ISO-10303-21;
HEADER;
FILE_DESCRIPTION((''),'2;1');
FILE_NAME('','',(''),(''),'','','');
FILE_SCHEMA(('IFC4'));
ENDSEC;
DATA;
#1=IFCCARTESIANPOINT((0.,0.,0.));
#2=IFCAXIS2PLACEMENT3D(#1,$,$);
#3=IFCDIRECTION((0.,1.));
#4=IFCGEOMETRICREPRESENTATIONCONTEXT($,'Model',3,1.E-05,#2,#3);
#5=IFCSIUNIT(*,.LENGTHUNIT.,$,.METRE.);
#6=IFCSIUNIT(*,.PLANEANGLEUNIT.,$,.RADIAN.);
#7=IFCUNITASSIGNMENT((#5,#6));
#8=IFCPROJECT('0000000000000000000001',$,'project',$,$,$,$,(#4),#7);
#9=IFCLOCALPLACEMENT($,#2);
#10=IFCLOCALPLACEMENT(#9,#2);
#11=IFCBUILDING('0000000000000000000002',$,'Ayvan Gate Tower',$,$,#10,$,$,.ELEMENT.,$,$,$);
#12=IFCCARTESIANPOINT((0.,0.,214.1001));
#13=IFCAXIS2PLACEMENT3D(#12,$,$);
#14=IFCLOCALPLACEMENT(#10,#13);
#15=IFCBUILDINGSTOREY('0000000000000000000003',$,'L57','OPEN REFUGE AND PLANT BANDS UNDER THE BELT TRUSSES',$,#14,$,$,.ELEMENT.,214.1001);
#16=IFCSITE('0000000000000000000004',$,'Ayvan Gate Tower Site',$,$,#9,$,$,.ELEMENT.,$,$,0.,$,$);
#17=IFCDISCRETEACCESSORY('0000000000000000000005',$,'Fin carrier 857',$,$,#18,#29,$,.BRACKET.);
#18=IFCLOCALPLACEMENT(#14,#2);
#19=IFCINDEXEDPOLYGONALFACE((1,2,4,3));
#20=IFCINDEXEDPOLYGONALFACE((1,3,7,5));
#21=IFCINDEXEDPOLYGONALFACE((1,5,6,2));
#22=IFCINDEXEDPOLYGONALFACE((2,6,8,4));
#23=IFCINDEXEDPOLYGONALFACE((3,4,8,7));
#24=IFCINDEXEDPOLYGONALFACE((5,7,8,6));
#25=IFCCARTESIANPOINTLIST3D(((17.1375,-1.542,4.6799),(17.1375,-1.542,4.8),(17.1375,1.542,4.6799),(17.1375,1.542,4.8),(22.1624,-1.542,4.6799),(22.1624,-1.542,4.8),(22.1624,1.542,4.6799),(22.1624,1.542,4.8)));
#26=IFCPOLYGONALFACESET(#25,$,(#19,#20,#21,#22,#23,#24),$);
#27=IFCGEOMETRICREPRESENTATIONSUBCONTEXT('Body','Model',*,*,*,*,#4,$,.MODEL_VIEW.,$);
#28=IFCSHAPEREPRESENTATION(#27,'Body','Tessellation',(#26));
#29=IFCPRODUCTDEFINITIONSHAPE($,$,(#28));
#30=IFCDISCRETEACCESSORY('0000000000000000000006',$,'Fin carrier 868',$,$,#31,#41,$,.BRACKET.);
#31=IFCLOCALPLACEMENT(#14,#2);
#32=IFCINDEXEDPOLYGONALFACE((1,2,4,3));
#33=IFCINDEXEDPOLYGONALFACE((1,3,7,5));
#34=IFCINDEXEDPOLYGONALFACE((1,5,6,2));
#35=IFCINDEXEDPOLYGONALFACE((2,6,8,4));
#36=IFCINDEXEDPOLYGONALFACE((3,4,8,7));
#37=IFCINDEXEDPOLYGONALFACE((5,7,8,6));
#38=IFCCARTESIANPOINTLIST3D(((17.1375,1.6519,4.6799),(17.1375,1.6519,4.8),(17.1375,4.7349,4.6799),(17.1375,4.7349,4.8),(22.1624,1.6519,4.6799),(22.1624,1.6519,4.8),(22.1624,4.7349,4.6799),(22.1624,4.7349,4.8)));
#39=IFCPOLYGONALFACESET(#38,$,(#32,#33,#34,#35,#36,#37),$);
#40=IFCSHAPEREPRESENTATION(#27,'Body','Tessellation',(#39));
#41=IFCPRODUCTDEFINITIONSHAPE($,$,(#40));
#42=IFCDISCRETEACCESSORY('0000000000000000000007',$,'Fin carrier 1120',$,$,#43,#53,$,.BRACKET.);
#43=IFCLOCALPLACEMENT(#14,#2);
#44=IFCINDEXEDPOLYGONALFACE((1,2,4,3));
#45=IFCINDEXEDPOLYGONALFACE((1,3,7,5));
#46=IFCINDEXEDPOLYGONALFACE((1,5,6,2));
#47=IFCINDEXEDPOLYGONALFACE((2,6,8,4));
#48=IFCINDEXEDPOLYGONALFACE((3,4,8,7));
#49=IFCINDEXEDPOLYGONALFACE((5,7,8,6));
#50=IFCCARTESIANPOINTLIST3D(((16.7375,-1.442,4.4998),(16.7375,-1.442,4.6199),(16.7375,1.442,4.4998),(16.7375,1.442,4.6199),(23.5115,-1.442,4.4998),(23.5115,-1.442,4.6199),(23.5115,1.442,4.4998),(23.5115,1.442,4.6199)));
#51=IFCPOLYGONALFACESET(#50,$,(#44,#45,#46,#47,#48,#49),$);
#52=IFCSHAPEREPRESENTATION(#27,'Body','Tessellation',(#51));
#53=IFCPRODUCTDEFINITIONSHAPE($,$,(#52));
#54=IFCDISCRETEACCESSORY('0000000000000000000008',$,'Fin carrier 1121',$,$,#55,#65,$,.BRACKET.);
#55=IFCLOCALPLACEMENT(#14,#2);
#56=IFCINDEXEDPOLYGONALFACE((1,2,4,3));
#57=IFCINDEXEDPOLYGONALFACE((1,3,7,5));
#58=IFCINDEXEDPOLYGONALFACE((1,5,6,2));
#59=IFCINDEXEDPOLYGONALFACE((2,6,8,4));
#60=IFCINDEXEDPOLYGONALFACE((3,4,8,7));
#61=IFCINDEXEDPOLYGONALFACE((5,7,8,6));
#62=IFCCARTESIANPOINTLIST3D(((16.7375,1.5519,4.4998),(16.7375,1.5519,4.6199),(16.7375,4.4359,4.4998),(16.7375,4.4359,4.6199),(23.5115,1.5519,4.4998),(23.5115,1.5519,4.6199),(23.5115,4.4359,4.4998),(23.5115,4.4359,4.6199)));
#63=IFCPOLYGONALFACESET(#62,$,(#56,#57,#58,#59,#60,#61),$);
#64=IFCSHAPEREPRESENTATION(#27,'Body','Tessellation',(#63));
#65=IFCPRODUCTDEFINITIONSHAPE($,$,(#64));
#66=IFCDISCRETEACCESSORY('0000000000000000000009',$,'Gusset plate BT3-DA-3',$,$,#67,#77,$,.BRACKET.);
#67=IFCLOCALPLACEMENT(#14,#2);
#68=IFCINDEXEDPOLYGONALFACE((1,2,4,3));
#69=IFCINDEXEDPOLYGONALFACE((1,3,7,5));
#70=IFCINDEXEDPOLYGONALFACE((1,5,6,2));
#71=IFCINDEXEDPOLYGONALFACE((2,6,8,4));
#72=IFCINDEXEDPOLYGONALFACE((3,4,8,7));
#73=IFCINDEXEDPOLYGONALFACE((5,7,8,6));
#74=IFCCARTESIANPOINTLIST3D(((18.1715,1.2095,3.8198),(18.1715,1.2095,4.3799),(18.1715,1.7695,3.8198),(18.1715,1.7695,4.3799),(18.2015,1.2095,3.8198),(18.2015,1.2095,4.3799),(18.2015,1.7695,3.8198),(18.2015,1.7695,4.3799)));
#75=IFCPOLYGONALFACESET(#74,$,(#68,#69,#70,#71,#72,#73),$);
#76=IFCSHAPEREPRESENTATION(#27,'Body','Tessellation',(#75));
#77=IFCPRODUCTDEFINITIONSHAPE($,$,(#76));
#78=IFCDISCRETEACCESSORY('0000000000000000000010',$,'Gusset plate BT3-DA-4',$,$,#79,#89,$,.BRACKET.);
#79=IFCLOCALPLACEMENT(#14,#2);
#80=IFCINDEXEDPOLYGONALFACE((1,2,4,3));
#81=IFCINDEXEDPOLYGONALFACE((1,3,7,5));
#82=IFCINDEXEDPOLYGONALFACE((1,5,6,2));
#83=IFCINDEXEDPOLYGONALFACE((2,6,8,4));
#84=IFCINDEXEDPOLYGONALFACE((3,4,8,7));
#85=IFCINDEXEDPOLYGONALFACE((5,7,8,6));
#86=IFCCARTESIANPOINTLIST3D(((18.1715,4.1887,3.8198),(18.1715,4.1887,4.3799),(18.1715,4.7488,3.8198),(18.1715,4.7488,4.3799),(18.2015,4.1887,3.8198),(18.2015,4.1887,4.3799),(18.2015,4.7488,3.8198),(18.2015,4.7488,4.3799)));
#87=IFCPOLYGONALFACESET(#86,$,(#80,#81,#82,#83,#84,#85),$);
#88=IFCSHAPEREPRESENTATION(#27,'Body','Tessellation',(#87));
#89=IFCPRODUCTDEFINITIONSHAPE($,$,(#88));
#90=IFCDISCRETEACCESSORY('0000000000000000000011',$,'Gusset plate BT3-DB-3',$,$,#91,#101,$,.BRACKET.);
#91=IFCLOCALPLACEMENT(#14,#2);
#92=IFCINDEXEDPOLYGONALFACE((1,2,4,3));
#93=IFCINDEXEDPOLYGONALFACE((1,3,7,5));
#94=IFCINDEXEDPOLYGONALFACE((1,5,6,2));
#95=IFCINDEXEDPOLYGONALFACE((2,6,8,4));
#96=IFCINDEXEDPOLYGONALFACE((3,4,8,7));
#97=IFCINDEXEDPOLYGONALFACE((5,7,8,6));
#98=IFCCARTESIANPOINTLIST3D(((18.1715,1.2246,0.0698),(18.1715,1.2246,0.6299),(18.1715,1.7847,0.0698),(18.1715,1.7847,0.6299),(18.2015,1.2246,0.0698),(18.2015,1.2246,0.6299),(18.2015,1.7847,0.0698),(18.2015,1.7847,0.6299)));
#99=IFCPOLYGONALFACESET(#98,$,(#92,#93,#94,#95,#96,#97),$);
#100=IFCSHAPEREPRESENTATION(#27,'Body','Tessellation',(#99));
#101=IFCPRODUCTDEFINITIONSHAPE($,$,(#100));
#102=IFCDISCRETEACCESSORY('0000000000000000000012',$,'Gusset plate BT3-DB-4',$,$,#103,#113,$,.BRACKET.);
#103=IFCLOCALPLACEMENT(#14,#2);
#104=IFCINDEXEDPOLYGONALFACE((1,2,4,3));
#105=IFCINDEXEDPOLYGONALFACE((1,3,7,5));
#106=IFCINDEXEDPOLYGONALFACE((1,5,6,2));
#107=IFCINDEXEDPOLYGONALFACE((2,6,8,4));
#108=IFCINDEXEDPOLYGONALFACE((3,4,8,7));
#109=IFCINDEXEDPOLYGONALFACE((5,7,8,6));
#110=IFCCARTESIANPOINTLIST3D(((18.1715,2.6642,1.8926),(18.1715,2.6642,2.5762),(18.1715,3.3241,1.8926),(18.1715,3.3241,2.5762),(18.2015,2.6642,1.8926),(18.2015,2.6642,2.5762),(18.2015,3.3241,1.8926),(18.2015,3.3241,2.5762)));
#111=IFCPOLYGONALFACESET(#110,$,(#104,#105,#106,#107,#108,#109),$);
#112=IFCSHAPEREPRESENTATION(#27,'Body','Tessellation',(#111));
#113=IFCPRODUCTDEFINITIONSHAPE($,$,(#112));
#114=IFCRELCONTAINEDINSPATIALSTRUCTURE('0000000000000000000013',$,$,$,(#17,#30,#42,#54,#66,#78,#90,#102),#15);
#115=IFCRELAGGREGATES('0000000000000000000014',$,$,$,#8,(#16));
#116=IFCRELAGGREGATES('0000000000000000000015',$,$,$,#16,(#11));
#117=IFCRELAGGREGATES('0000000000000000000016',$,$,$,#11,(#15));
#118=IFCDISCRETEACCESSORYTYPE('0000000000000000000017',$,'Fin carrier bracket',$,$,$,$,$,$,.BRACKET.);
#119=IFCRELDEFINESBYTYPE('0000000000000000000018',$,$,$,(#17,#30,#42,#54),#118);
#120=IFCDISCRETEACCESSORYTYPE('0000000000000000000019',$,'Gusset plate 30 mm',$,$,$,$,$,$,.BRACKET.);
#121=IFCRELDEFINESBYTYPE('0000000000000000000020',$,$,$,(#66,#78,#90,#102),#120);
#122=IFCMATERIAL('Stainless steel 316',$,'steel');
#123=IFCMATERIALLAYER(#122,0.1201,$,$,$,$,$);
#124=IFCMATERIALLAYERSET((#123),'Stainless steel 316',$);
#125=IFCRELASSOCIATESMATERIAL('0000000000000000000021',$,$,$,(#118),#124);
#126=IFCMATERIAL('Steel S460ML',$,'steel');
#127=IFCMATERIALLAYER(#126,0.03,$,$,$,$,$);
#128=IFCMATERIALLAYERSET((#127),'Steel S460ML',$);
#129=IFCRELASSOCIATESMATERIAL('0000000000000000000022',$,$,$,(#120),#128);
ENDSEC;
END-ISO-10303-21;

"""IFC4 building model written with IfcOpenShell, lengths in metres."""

from ifc_helpers import new_model, si_unit, direction, frame, origin, origin_2d, place, context, subcontext, project, spatial, rectangle, extrude, material, layer, layer_set, type_object, element, save


model = new_model("IFC4")

# Units and contexts
model_context = context("Model", 3, precision=1e-05, world=origin(), true_north=direction((0.0, 1.0)))
body_context = subcontext(model_context, "Body", "Model", "MODEL_VIEW")
ifc_project = project(units=[si_unit("LENGTHUNIT", "METRE"), si_unit("PLANEANGLEUNIT", "RADIAN")], contexts=[model_context])

# Site, building, storey
site_placement = place(None, origin())
site = spatial("IfcSite", under=ifc_project, at=site_placement, Name="Ayvan Gate Tower Site", CompositionType="ELEMENT", RefElevation=0.0)
building_placement = place(site_placement, origin())
building = spatial("IfcBuilding", under=site, at=building_placement, Name="Ayvan Gate Tower", CompositionType="ELEMENT")
storey_placement = place(building_placement, frame((0.0, 0.0, 214.1001)))
storey = spatial("IfcBuildingStorey", under=building, at=storey_placement, Name="L57", Description="OPEN REFUGE AND PLANT BANDS UNDER THE BELT TRUSSES", CompositionType="ELEMENT", Elevation=214.1001)

# Shared definitions
ifc_material_1 = material(Name="Steel S460ML", Category="steel")

# Discrete accessories
ifc_material_2 = material(Name="Stainless steel 316", Category="steel")
ifc_layer_1 = layer(ifc_material_2, 0.1201)
ifc_layer_set_1 = layer_set([ifc_layer_1], Name="Stainless steel 316")
discrete_accessory_type_1 = type_object("IfcDiscreteAccessoryType", Name="Fin carrier bracket", PredefinedType="BRACKET", material=ifc_layer_set_1)
discrete_accessory_1_placement = place(storey_placement, frame((19.6499, 0.0, 4.6799), z_axis=(0.0, 0.0, 1.0), x_axis=(0.0, 1.0, 0.0)))
element("IfcDiscreteAccessory", 1, at=discrete_accessory_1_placement, inside=storey, type_object=discrete_accessory_type_1, Name="Fin carrier 857", PredefinedType="BRACKET", context=body_context, shape_type="SweptSolid", body=[
    extrude(rectangle(XDim=3.084, YDim=5.0249, at=origin_2d()), origin(), (0.0, 0.0, 1.0), 0.1201),
])
discrete_accessory_2_placement = place(storey_placement, frame((19.6499, 3.1934, 4.6799), z_axis=(0.0, 0.0, 1.0), x_axis=(0.0, 1.0, 0.0)))
element("IfcDiscreteAccessory", 2, at=discrete_accessory_2_placement, inside=storey, type_object=discrete_accessory_type_1, Name="Fin carrier 868", PredefinedType="BRACKET", context=body_context, shape_type="SweptSolid", body=[
    extrude(rectangle(XDim=3.083, YDim=5.0249, at=origin_2d()), origin(), (0.0, 0.0, 1.0), 0.1201),
])
for number, where, z_axis, x_axis, name in (
    (3, (20.1245, 0.0, 4.4998), (0.0, 0.0, 1.0), (0.0, 1.0, 0.0), "Fin carrier 1120"),
    (4, (20.1245, 2.9939, 4.4998), (0.0, 0.0, 1.0), (0.0, 1.0, 0.0), "Fin carrier 1121"),
):
    element("IfcDiscreteAccessory", number, at=place(storey_placement, frame(where, z_axis=z_axis, x_axis=x_axis)), inside=storey, type_object=discrete_accessory_type_1, Name=name, PredefinedType="BRACKET", context=body_context, shape_type="SweptSolid", body=[
        extrude(rectangle(XDim=2.884, YDim=6.7739, at=origin_2d()), origin(), (0.0, 0.0, 1.0), 0.1201),
    ])
ifc_layer_2 = layer(ifc_material_1, 0.03)
ifc_layer_set_2 = layer_set([ifc_layer_2], Name="Steel S460ML")
discrete_accessory_type_2 = type_object("IfcDiscreteAccessoryType", Name="Gusset plate 30 mm", PredefinedType="BRACKET", material=ifc_layer_set_2)
for number, where, z_axis, x_axis, name in (
    (5, (18.1865, 1.4895, 3.8198), (0.0, 0.0, 1.0), (0.0, 1.0, 0.0), "Gusset plate BT3-DA-3"),
    (6, (18.1865, 4.4688, 3.8198), (0.0, 0.0, 1.0), (0.0, 1.0, 0.0), "Gusset plate BT3-DA-4"),
    (7, (18.1865, 1.5046, 0.0698), (0.0, 0.0, 1.0), (0.0, 1.0, 0.0), "Gusset plate BT3-DB-3"),
):
    element("IfcDiscreteAccessory", number, at=place(storey_placement, frame(where, z_axis=z_axis, x_axis=x_axis)), inside=storey, type_object=discrete_accessory_type_2, Name=name, PredefinedType="BRACKET", context=body_context, shape_type="SweptSolid", body=[
        extrude(rectangle(XDim=0.5601, YDim=0.03, at=origin_2d()), origin(), (0.0, 0.0, 1.0), 0.5601),
    ])
discrete_accessory_3_placement = place(storey_placement, frame((18.1865, 2.9941, 1.8926), z_axis=(0.0, 0.0, 1.0), x_axis=(0.0, 1.0, 0.0)))
element("IfcDiscreteAccessory", 8, at=discrete_accessory_3_placement, inside=storey, type_object=discrete_accessory_type_2, Name="Gusset plate BT3-DB-4", PredefinedType="BRACKET", context=body_context, shape_type="SweptSolid", body=[
    extrude(rectangle(XDim=0.6599, YDim=0.03, at=origin_2d()), origin(), (0.0, 0.0, 1.0), 0.6836),
])

save(model, "model.ifc")
